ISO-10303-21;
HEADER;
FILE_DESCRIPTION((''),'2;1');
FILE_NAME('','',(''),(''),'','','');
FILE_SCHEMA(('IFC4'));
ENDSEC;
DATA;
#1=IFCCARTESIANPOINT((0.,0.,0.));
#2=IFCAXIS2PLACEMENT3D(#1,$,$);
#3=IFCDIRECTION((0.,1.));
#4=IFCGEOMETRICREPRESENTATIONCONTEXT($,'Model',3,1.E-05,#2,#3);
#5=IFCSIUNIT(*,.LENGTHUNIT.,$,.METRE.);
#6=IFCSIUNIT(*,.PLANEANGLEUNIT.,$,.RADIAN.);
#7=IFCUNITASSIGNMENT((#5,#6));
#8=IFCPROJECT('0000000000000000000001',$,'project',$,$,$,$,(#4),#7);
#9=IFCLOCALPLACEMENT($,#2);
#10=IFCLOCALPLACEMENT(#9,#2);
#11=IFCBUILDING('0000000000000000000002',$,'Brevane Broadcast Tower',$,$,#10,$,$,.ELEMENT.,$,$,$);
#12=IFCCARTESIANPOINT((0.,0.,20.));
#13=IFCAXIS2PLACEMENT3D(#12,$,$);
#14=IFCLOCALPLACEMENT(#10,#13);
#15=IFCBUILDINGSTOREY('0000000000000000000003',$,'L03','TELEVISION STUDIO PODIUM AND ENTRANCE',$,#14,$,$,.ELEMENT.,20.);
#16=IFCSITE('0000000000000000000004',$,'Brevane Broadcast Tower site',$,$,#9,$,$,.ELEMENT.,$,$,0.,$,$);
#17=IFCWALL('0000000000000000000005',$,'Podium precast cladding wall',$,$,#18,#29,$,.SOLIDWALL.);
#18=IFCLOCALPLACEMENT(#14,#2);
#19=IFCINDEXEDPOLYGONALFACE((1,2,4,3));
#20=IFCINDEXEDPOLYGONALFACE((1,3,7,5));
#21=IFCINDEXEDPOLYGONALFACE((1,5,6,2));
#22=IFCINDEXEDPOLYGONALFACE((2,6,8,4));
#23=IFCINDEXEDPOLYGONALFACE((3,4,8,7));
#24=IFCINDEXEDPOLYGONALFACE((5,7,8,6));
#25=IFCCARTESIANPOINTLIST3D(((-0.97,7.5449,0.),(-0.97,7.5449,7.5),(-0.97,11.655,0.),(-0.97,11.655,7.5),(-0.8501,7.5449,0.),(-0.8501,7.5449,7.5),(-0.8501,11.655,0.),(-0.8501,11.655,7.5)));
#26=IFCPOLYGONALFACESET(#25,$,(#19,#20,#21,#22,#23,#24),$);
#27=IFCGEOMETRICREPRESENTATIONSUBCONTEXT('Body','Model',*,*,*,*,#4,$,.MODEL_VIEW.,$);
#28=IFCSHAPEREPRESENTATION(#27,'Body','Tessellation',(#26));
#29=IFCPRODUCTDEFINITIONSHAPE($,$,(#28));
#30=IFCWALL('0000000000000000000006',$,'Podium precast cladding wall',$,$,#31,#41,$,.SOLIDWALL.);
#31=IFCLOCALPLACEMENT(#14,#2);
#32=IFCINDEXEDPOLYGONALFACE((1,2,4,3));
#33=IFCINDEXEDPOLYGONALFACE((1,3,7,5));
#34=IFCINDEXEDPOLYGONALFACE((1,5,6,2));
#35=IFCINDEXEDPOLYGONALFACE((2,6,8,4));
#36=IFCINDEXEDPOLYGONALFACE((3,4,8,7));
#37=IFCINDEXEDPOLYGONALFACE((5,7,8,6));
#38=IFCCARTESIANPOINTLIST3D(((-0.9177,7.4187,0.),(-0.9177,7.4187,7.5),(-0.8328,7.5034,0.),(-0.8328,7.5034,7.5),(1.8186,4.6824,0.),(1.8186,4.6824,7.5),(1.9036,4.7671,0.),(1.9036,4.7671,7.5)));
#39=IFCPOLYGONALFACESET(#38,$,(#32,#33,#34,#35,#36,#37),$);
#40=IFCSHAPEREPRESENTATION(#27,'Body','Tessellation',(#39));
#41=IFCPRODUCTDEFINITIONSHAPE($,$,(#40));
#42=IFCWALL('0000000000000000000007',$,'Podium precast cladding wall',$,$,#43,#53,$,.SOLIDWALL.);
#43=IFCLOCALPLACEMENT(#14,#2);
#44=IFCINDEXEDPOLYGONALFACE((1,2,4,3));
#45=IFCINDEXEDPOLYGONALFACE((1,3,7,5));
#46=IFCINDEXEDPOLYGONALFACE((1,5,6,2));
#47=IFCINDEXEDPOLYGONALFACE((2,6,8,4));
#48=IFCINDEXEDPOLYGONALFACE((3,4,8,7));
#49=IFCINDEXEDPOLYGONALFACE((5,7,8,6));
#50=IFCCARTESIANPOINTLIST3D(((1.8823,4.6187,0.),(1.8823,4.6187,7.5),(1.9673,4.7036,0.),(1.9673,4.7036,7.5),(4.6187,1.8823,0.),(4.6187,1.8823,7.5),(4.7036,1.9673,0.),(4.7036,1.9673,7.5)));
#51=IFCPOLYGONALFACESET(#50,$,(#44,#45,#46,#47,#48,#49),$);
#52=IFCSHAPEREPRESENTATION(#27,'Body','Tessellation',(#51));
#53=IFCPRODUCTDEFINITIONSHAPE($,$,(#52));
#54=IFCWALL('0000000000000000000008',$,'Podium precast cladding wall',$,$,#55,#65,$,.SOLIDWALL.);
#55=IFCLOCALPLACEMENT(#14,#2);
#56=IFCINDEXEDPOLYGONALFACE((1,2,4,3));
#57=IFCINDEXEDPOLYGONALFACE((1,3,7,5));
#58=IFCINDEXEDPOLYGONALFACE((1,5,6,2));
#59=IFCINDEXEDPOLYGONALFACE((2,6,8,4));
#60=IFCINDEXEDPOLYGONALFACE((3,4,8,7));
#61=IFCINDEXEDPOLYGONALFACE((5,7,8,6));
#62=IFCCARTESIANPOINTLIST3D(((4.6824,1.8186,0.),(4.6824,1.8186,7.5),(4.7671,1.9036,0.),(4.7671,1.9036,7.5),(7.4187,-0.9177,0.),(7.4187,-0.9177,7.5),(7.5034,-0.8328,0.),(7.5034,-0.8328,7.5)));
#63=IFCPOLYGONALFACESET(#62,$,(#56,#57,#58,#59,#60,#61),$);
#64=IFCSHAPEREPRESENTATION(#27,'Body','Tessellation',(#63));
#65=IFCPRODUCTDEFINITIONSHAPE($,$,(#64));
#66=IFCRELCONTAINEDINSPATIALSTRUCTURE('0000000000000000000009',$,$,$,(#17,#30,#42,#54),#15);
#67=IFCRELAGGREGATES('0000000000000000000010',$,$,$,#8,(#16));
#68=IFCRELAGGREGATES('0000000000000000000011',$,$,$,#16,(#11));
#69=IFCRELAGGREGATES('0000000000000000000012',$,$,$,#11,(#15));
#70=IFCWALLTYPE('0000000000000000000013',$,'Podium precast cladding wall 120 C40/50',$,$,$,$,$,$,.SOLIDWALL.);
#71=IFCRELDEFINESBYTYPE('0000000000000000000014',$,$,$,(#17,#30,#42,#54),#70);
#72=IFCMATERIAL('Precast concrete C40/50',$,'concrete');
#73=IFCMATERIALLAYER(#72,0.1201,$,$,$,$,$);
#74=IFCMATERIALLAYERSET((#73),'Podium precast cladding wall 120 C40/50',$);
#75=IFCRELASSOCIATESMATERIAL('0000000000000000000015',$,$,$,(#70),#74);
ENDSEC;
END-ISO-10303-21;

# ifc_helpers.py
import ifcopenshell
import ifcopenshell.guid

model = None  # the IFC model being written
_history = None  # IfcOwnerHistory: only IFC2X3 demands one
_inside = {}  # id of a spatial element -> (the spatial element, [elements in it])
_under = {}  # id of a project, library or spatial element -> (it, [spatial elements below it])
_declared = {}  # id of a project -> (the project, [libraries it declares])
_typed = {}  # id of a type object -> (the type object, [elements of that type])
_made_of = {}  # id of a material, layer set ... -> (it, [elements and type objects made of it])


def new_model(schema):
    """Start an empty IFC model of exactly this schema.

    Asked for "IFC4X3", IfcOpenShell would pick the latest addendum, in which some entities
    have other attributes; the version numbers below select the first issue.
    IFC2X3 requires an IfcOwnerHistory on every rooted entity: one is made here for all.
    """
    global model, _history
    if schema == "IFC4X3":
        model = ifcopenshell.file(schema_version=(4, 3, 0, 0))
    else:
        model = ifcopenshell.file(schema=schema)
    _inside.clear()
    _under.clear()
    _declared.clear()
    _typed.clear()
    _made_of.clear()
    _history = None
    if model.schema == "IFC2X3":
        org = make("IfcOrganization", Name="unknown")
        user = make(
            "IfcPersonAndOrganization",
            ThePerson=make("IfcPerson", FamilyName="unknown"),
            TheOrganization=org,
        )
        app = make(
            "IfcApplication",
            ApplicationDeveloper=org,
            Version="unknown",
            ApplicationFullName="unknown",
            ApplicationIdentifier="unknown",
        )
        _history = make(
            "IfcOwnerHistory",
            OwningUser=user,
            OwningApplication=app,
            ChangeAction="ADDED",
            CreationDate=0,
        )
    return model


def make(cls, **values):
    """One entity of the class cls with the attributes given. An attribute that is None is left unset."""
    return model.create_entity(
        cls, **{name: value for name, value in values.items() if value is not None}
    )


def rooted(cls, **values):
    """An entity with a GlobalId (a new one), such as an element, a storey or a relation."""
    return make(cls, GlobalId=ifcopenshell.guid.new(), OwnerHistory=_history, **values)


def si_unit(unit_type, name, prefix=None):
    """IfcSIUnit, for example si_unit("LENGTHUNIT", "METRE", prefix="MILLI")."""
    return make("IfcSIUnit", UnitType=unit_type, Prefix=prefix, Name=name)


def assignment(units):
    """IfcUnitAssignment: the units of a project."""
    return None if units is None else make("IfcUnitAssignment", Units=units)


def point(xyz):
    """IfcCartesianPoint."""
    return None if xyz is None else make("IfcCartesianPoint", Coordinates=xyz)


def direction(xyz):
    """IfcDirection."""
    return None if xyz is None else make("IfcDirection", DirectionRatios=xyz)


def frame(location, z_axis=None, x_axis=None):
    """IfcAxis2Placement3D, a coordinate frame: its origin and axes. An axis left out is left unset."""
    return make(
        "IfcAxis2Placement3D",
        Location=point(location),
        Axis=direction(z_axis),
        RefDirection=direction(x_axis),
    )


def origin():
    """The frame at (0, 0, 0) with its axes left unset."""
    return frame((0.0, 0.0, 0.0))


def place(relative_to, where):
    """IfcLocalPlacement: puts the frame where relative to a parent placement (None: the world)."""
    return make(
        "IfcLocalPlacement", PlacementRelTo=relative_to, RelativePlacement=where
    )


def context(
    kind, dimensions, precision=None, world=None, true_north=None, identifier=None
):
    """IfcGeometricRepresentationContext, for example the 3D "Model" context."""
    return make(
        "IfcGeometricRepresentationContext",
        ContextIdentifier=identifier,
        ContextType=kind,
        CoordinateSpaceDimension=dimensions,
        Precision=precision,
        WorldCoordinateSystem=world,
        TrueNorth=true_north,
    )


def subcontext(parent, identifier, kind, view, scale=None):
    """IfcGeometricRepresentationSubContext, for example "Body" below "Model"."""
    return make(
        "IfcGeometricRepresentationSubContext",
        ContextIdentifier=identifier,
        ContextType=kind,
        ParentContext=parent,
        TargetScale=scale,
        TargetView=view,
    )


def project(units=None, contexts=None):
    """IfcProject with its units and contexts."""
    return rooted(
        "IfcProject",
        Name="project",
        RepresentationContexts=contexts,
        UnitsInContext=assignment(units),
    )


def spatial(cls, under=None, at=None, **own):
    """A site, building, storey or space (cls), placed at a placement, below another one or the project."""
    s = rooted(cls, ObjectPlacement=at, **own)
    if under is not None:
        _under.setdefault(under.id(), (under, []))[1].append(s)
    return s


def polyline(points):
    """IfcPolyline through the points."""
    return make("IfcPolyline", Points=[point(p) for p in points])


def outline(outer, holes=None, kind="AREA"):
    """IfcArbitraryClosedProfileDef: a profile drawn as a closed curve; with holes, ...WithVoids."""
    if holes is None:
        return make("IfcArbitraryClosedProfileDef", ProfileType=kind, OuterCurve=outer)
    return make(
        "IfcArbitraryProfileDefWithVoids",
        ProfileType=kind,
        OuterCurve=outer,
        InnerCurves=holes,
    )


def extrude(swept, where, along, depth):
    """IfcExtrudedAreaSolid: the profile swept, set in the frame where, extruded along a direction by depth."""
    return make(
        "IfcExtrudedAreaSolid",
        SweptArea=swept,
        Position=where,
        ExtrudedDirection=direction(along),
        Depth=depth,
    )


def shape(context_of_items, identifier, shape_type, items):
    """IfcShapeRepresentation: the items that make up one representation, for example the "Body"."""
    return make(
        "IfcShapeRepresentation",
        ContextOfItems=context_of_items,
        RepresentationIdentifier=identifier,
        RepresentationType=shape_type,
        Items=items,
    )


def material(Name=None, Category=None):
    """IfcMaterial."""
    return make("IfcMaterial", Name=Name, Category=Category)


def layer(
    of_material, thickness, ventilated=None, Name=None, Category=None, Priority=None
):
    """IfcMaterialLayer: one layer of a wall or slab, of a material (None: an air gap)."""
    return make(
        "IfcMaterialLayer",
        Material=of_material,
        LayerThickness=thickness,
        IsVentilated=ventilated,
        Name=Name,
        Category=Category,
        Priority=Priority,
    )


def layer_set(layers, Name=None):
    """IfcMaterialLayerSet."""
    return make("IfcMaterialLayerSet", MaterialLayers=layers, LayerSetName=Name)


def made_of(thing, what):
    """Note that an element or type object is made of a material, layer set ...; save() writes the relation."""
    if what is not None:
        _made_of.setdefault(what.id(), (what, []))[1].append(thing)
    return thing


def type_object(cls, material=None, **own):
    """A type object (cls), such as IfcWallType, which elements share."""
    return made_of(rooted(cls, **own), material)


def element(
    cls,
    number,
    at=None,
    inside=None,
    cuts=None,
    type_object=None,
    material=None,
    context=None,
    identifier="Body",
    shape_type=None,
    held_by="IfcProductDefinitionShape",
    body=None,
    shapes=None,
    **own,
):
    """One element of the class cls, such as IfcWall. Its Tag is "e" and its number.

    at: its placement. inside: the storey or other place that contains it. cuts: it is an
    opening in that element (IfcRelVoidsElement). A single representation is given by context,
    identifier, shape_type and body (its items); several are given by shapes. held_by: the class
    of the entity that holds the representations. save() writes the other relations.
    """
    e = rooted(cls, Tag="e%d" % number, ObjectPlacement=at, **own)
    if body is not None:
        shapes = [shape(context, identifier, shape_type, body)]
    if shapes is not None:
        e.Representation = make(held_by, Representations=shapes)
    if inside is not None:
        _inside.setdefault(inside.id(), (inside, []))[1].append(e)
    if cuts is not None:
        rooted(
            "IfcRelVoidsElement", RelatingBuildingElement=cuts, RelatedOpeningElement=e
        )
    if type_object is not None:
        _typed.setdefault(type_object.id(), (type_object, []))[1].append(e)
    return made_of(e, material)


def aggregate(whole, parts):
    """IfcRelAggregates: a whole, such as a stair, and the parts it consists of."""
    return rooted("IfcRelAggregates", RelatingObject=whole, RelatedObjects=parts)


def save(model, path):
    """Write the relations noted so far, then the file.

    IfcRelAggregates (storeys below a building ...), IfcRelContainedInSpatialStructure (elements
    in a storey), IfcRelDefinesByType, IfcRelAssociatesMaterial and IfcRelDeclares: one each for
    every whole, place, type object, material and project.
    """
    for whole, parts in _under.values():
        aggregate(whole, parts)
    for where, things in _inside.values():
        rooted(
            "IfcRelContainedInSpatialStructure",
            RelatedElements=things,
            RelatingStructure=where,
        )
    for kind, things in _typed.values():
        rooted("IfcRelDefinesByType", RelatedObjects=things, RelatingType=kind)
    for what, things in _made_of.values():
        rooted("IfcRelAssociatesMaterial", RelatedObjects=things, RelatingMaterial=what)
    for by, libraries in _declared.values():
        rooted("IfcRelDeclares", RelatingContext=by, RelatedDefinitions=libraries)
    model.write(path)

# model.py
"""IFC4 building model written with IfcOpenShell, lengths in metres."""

from ifc_helpers import new_model, si_unit, direction, frame, origin, place, context, subcontext, project, spatial, polyline, outline, extrude, material, layer, layer_set, type_object, element, save


model = new_model("IFC4")

# Units and contexts
model_context = context("Model", 3, precision=1e-05, world=origin(), true_north=direction((0.0, 1.0)))
body_context = subcontext(model_context, "Body", "Model", "MODEL_VIEW")
ifc_project = project(units=[si_unit("LENGTHUNIT", "METRE"), si_unit("PLANEANGLEUNIT", "RADIAN")], contexts=[model_context])

# Site, building, storey
site_placement = place(None, origin())
site = spatial("IfcSite", under=ifc_project, at=site_placement, Name="Brevane Broadcast Tower site", CompositionType="ELEMENT", RefElevation=0.0)
building_placement = place(site_placement, origin())
building = spatial("IfcBuilding", under=site, at=building_placement, Name="Brevane Broadcast Tower", CompositionType="ELEMENT")
storey_placement = place(building_placement, frame((0.0, 0.0, 20.0)))
storey = spatial("IfcBuildingStorey", under=building, at=storey_placement, Name="L03", Description="TELEVISION STUDIO PODIUM AND ENTRANCE", CompositionType="ELEMENT", Elevation=20.0)

# Walls
ifc_material_1 = material(Name="Precast concrete C40/50", Category="concrete")
ifc_layer_1 = layer(ifc_material_1, 0.1201)
ifc_layer_set_1 = layer_set([ifc_layer_1], Name="Podium precast cladding wall 120 C40/50")
wall_type = type_object("IfcWallType", Name="Podium precast cladding wall 120 C40/50", PredefinedType="SOLIDWALL", material=ifc_layer_set_1)
wall_1_placement = place(storey_placement, origin())
element("IfcWall", 1, at=wall_1_placement, inside=storey, type_object=wall_type, Name="Podium precast cladding wall", PredefinedType="SOLIDWALL", context=body_context, shape_type="SweptSolid", body=[
    extrude(outline(polyline([(-0.97, 7.5449), (-0.8501, 7.5449), (-0.8501, 11.655), (-0.97, 11.655), (-0.97, 7.5449)])), origin(), (0.0, 0.0, 1.0), 7.5),
])
wall_2_placement = place(storey_placement, origin())
element("IfcWall", 2, at=wall_2_placement, inside=storey, type_object=wall_type, Name="Podium precast cladding wall", PredefinedType="SOLIDWALL", context=body_context, shape_type="SweptSolid", body=[
    extrude(outline(polyline([(-0.8328, 7.5034), (-0.9177, 7.4187), (1.8186, 4.6824), (1.9036, 4.7671), (-0.8328, 7.5034)])), origin(), (0.0, 0.0, 1.0), 7.5),
])
wall_3_placement = place(storey_placement, origin())
element("IfcWall", 3, at=wall_3_placement, inside=storey, type_object=wall_type, Name="Podium precast cladding wall", PredefinedType="SOLIDWALL", context=body_context, shape_type="SweptSolid", body=[
    extrude(outline(polyline([(1.9673, 4.7036), (4.7036, 1.9673), (4.6187, 1.8823), (1.8823, 4.6187), (1.9673, 4.7036)])), origin(), (0.0, 0.0, 1.0), 7.5),
])
wall_4_placement = place(storey_placement, origin())
element("IfcWall", 4, at=wall_4_placement, inside=storey, type_object=wall_type, Name="Podium precast cladding wall", PredefinedType="SOLIDWALL", context=body_context, shape_type="SweptSolid", body=[
    extrude(outline(polyline([(4.7671, 1.9036), (7.5034, -0.8328), (7.4187, -0.9177), (4.6824, 1.8186), (4.7671, 1.9036)])), origin(), (0.0, 0.0, 1.0), 7.5),
])

save(model, "model.ifc")
